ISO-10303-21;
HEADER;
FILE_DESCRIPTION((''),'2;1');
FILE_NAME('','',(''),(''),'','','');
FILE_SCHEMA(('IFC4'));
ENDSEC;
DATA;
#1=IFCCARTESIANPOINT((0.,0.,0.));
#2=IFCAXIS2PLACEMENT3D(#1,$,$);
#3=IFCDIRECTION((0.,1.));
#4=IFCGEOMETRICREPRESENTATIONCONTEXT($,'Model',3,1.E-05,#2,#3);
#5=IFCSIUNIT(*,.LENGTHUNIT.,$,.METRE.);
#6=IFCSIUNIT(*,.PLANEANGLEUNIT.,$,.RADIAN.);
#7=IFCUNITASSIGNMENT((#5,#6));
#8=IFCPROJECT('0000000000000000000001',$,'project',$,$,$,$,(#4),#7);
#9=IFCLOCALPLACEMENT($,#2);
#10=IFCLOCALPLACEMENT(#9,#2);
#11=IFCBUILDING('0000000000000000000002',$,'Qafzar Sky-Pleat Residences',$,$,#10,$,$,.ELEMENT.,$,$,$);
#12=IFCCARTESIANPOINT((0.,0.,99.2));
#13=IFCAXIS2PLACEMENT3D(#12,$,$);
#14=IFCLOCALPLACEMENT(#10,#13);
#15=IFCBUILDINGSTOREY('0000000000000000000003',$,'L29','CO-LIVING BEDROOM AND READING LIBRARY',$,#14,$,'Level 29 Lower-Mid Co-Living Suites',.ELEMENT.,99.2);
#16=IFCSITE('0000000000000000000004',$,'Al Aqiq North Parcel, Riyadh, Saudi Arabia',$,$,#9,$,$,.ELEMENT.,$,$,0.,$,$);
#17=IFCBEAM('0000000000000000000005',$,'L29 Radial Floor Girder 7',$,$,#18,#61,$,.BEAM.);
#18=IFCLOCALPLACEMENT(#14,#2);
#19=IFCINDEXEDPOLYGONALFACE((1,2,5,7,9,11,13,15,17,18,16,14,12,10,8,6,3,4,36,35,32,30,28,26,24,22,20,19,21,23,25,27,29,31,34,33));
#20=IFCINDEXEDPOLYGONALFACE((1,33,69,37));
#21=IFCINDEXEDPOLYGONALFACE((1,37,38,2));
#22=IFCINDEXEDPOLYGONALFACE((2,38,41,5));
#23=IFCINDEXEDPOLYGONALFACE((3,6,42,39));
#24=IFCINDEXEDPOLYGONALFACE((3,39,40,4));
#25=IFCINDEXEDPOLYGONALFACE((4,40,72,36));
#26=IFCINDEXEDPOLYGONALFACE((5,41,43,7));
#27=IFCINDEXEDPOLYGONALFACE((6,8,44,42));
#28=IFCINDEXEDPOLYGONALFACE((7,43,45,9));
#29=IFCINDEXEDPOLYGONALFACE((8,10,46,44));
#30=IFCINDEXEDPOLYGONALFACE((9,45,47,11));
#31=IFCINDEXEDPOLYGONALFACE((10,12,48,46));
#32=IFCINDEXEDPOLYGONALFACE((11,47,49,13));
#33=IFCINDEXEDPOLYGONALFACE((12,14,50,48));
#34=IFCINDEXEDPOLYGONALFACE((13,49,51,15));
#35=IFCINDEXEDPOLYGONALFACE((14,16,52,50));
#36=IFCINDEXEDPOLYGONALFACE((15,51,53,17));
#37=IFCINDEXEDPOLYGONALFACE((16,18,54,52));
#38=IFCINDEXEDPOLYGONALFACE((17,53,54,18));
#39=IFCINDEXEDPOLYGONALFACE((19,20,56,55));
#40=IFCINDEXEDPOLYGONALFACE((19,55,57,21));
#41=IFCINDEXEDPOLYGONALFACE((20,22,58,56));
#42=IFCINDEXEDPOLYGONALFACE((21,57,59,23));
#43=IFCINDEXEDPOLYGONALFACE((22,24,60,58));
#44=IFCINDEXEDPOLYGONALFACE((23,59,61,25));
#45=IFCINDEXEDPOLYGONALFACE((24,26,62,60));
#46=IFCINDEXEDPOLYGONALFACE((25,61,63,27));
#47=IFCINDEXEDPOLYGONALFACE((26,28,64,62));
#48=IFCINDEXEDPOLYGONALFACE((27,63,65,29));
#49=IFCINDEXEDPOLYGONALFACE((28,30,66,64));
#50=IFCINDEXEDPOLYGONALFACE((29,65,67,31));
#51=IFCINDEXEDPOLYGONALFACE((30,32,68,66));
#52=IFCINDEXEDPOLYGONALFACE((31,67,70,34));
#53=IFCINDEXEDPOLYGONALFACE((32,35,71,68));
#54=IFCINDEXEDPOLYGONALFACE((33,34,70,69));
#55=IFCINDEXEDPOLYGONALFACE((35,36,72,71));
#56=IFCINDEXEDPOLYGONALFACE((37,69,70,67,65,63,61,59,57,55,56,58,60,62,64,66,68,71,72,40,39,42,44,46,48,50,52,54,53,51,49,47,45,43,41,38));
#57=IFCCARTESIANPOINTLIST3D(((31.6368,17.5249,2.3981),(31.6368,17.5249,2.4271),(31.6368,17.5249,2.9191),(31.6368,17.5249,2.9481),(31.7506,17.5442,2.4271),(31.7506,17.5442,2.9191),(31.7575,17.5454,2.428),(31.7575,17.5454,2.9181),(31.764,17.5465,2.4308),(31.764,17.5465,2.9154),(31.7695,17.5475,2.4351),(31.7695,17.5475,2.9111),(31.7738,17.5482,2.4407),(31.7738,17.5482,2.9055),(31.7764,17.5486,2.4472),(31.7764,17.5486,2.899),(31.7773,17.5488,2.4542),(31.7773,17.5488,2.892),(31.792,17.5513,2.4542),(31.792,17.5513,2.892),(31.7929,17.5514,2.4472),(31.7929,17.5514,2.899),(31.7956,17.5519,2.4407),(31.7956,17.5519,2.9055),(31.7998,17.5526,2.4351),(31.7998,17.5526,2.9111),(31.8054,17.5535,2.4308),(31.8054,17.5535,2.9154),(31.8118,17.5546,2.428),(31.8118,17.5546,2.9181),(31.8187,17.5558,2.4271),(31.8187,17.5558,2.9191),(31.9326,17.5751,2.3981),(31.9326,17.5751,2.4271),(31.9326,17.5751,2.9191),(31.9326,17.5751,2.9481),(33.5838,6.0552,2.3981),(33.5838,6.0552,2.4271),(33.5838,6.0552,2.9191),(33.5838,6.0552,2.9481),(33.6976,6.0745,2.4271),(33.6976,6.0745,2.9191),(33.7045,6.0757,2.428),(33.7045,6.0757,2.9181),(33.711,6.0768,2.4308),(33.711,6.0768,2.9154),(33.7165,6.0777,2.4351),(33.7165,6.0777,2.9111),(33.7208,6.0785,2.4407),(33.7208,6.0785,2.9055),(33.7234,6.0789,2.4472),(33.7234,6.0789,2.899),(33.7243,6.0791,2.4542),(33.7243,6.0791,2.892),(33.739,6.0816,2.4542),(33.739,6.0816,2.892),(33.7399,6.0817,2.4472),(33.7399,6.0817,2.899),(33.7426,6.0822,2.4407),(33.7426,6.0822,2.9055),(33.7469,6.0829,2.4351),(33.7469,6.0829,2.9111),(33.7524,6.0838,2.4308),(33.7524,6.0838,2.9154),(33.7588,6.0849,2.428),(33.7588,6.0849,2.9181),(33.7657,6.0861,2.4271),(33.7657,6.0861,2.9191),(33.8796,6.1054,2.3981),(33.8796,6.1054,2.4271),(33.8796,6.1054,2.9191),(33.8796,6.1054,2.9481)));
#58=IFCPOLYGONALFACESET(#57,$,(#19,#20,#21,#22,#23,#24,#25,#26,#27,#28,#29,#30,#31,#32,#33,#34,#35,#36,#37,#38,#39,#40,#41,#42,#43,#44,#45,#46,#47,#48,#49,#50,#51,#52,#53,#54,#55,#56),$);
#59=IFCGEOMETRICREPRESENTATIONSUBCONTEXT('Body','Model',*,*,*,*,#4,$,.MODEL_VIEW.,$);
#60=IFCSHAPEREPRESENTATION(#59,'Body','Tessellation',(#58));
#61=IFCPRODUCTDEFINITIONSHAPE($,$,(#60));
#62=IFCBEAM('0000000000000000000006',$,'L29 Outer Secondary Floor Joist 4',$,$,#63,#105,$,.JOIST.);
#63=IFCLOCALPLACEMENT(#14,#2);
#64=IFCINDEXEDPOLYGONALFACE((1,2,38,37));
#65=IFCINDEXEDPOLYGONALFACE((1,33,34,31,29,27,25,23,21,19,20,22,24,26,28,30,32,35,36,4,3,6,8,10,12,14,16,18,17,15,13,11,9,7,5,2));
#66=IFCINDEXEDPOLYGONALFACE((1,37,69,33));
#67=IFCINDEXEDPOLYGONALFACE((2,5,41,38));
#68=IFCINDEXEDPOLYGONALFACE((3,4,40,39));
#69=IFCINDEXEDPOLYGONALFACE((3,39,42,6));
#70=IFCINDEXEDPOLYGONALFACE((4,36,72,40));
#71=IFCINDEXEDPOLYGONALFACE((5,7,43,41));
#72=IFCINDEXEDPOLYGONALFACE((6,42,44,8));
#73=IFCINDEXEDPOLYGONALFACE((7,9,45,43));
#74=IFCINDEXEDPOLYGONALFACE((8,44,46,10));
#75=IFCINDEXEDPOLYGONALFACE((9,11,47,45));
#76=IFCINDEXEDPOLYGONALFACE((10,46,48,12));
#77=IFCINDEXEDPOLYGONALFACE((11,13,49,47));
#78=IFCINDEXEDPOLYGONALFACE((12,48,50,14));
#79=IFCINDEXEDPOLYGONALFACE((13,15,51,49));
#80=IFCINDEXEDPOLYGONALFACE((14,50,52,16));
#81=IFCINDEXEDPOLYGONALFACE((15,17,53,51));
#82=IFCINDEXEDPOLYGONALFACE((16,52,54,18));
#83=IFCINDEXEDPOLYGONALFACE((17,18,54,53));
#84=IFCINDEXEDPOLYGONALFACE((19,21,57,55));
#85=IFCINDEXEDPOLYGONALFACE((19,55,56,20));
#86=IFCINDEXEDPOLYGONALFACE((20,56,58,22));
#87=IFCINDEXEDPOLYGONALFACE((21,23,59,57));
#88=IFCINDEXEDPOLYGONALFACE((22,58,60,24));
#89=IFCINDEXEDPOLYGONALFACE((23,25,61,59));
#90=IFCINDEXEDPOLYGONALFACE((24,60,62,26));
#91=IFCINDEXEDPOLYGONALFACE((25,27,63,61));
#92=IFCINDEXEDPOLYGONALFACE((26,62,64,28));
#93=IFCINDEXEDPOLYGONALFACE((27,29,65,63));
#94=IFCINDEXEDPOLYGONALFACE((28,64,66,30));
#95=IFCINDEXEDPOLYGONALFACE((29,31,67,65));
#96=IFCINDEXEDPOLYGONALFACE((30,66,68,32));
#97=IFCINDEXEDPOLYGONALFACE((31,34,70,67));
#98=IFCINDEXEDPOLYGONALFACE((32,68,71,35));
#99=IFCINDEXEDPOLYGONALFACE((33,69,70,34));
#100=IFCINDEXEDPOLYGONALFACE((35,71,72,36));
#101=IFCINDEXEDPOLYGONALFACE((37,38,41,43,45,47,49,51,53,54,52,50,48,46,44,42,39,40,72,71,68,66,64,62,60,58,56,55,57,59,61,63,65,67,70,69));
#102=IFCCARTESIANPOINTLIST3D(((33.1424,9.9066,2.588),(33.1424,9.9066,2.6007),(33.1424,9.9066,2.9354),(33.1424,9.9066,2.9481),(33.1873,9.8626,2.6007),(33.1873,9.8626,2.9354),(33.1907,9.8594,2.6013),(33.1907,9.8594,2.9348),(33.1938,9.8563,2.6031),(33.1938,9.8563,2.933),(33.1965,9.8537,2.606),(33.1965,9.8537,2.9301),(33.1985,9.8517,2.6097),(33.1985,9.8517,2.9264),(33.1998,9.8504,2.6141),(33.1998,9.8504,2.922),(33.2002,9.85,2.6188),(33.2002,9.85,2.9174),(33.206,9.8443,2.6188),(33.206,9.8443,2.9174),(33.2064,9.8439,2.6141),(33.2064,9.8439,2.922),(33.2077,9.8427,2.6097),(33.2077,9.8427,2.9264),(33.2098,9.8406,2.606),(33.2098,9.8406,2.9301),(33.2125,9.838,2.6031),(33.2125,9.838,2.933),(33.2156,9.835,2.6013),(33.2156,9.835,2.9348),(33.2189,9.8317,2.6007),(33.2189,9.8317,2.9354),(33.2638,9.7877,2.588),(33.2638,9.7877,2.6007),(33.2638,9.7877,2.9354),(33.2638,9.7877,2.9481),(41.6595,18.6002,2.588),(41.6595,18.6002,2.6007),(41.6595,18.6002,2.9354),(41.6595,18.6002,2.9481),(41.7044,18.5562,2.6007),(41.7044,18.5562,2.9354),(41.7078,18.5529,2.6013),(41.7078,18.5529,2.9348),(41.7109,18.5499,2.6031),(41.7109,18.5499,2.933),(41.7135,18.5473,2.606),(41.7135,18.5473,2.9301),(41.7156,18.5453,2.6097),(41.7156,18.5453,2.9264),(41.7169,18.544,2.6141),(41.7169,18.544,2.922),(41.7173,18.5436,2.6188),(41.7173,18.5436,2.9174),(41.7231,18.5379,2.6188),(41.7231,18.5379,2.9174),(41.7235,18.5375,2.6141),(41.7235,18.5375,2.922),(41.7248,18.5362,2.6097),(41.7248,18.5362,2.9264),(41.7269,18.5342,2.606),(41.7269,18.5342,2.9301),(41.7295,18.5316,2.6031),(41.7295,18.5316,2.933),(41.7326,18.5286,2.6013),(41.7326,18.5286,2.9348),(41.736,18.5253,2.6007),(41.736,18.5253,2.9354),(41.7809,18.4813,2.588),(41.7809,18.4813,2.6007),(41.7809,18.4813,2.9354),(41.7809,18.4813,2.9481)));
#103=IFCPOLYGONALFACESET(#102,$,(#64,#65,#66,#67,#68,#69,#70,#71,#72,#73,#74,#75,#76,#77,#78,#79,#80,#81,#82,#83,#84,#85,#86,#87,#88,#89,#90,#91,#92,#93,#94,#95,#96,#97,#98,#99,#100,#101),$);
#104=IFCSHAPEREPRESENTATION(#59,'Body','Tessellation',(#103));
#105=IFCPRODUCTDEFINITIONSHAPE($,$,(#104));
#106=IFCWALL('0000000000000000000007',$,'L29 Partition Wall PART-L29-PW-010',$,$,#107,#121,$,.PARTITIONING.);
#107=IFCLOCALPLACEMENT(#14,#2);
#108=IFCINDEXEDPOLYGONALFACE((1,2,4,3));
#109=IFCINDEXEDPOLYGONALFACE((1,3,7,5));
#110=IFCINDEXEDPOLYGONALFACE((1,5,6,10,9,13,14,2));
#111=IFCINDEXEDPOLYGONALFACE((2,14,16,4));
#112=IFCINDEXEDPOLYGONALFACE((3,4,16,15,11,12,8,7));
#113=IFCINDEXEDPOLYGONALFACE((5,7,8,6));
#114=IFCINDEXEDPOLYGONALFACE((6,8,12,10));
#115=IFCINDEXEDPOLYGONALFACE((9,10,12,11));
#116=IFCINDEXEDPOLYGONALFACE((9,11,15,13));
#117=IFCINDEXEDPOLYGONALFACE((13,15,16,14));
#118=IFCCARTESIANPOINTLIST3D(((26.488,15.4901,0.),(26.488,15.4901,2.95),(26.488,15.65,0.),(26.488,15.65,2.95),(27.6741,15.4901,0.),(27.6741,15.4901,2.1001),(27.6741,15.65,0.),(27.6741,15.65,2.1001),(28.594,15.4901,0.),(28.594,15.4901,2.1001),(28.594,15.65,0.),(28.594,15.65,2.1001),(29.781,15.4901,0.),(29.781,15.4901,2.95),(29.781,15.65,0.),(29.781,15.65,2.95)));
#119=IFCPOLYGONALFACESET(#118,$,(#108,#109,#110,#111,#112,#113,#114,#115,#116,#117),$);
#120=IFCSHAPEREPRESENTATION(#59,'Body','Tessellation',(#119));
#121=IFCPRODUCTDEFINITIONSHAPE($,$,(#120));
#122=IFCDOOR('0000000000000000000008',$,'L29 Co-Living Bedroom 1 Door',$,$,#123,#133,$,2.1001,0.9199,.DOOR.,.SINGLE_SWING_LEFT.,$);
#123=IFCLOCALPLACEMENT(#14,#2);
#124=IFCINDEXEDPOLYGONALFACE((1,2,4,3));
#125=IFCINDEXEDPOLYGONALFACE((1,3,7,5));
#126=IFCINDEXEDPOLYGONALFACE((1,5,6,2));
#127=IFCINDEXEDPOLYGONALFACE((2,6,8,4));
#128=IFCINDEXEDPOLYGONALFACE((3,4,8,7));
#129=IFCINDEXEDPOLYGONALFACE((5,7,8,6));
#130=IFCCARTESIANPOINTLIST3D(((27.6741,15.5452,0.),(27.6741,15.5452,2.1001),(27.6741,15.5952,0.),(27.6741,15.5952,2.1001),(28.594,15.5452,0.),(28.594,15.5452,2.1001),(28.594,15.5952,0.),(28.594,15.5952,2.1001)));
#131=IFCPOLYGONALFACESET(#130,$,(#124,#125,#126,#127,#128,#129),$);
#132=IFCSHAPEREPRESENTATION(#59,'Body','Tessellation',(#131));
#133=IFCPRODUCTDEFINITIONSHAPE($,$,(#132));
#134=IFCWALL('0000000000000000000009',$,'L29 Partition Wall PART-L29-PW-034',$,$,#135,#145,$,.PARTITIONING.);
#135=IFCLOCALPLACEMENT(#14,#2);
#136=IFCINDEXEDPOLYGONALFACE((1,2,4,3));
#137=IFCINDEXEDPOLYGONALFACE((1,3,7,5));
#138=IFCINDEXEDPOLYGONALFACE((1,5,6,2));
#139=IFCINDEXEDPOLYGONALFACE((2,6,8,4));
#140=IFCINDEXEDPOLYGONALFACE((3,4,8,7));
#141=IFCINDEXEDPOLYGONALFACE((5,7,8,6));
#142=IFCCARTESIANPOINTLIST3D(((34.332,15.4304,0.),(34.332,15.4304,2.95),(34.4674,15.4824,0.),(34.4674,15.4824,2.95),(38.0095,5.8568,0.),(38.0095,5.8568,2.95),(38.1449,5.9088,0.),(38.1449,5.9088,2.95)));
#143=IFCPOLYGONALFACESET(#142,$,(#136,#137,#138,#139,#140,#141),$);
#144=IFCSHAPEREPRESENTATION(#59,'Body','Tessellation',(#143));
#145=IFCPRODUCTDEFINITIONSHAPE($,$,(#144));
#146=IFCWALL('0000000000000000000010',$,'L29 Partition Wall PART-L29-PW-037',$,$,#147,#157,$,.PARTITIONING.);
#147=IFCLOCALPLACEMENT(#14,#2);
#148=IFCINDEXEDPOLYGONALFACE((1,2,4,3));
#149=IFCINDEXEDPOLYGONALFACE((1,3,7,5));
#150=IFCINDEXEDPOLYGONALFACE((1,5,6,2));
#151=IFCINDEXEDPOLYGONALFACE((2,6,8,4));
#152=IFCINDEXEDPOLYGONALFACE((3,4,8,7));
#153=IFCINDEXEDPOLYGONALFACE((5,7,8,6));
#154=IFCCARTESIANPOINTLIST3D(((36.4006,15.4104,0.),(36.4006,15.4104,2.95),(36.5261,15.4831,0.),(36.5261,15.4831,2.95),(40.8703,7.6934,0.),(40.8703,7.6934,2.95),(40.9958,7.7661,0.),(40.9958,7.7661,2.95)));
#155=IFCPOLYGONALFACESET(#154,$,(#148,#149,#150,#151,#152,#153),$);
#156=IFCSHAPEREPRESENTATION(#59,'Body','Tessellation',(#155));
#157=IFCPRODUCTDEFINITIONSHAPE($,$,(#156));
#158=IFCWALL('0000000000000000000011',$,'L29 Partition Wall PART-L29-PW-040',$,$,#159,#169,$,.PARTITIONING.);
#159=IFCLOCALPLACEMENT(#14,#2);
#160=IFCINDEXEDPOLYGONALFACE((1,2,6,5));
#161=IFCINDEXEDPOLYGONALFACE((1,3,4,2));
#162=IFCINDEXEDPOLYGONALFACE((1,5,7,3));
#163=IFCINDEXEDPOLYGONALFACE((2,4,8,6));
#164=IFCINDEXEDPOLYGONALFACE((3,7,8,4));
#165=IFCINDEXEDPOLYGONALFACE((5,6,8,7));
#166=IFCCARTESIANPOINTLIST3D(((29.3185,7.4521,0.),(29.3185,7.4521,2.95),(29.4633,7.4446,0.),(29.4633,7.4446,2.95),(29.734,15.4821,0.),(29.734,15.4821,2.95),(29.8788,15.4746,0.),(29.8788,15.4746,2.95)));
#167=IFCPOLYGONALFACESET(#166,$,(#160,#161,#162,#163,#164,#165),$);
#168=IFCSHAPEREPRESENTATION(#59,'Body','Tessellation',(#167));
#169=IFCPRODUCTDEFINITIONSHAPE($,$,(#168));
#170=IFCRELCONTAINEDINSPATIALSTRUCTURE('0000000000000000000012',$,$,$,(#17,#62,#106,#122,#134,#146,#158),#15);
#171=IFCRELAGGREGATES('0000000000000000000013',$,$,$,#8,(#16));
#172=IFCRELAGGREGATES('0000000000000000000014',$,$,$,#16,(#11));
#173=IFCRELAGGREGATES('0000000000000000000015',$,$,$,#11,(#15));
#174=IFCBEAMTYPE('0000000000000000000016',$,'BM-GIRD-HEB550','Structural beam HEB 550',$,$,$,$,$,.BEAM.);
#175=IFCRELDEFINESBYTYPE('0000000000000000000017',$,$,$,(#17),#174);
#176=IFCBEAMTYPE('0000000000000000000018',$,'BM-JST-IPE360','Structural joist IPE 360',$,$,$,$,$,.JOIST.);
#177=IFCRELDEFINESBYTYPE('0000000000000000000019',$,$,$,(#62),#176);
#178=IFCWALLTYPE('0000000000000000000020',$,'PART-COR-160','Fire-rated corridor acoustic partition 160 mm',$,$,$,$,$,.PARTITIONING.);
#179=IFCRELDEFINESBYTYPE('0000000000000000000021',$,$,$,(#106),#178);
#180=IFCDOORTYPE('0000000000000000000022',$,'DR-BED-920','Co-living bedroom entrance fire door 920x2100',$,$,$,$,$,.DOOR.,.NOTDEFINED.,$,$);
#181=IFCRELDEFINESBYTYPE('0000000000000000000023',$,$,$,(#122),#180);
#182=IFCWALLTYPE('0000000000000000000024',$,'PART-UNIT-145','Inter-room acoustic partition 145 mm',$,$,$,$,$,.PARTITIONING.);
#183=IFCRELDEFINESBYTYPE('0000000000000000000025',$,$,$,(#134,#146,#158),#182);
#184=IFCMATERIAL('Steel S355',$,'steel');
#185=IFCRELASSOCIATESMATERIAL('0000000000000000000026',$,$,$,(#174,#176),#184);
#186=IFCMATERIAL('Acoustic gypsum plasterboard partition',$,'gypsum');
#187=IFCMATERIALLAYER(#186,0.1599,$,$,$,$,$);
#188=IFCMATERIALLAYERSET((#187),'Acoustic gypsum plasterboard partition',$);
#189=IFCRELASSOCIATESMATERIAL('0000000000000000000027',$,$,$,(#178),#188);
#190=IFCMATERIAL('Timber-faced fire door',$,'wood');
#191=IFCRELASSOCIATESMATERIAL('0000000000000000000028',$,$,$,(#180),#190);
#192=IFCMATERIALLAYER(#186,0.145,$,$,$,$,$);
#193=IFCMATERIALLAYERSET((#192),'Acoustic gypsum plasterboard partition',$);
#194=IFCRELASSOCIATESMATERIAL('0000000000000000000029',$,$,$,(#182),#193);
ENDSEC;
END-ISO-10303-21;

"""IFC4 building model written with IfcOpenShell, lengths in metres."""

from ifc_helpers import new_model, si_unit, direction, frame, frame_2d, origin, origin_2d, place, context, subcontext, project, spatial, rectangle, i_section, extrude, source, transform, mapped, material, layer, layer_set, material_profile, profile_set, type_object, element, fill, save


model = new_model("IFC4")

# Units and contexts
model_context = context("Model", 3, precision=1e-05, world=origin(), true_north=direction((0.0, 1.0)))
body_context = subcontext(model_context, "Body", "Model", "MODEL_VIEW")
ifc_project = project(units=[si_unit("LENGTHUNIT", "METRE"), si_unit("PLANEANGLEUNIT", "RADIAN")], contexts=[model_context])

# Site, building, storey
site_placement = place(None, origin())
site = spatial("IfcSite", under=ifc_project, at=site_placement, Name="Al Aqiq North Parcel, Riyadh, Saudi Arabia", CompositionType="ELEMENT", RefElevation=0.0)
building_placement = place(site_placement, origin())
building = spatial("IfcBuilding", under=site, at=building_placement, Name="Qafzar Sky-Pleat Residences", CompositionType="ELEMENT")
storey_placement = place(building_placement, frame((0.0, 0.0, 99.2)))
storey = spatial("IfcBuildingStorey", under=building, at=storey_placement, Name="L29", Description="CO-LIVING BEDROOM AND READING LIBRARY", LongName="Level 29 Lower-Mid Co-Living Suites", CompositionType="ELEMENT", Elevation=99.2)

# Beams
ifc_material_1 = material(Name="Steel S355", Category="steel")
ifc_material_profile_1 = material_profile(ifc_material_1, i_section(OverallWidth=0.3, OverallDepth=0.55, WebThickness=0.0149, FlangeThickness=0.0291, FilletRadius=0.0271, at=origin_2d()), Name="HEB 550")
ifc_profile_set_1 = profile_set([ifc_material_profile_1], Name="Steel S355")
beam_type_1 = type_object("IfcBeamType", Name="BM-GIRD-HEB550", Description="Structural beam HEB 550", PredefinedType="BEAM", material=ifc_profile_set_1)
shared_shape_1 = source(origin(), body_context, "Body", "SweptSolid", [
    extrude(i_section(OverallWidth=0.3, OverallDepth=0.55, WebThickness=0.0149, FlangeThickness=0.0291, FilletRadius=0.0271, at=origin_2d()), origin(), (0.0, 0.0, 1.0), 11.6338),
])
beam_1_placement = place(storey_placement, frame((33.7317, 6.0803, 2.6731), z_axis=(-0.167359, 0.985896, 0.0), x_axis=(-0.985896, -0.167359, 0.0)))
element("IfcBeam", 1, at=beam_1_placement, inside=storey, type_object=beam_type_1, Name="L29 Radial Floor Girder 7", PredefinedType="BEAM", context=body_context, shape_type="MappedRepresentation", body=[
    mapped(shared_shape_1, transform((0.0, 0.0, 0.0), x_axis=(1.0, 0.0, 0.0), y_axis=(0.0, 1.0, 0.0), z_axis=(0.0, 0.0, 1.0), scale=1.0)),
])
ifc_material_profile_2 = material_profile(ifc_material_1, i_section(OverallWidth=0.1699, OverallDepth=0.3601, WebThickness=0.0081, FlangeThickness=0.0127, FilletRadius=0.0181, at=origin_2d()), Name="IPE 360")
ifc_profile_set_2 = profile_set([ifc_material_profile_2], Name="Steel S355")
beam_type_2 = type_object("IfcBeamType", Name="BM-JST-IPE360", Description="Structural joist IPE 360", PredefinedType="JOIST", material=ifc_profile_set_2)
shared_shape_2 = source(origin(), body_context, "Body", "SweptSolid", [
    extrude(i_section(OverallWidth=0.1699, OverallDepth=0.3601, WebThickness=0.0081, FlangeThickness=0.0127, FilletRadius=0.0181, at=origin_2d()), origin(), (0.0, 0.0, 1.0), 12.1704),
])
beam_2_placement = place(storey_placement, frame((33.2031, 9.8472, 2.7681), z_axis=(0.699818, 0.714321, 0.0), x_axis=(-0.714321, 0.699818, 0.0)))
element("IfcBeam", 2, at=beam_2_placement, inside=storey, type_object=beam_type_2, Name="L29 Outer Secondary Floor Joist 4", PredefinedType="JOIST", context=body_context, shape_type="MappedRepresentation", body=[
    mapped(shared_shape_2, transform((0.0, 0.0, 0.0), x_axis=(1.0, 0.0, 0.0), y_axis=(0.0, 1.0, 0.0), z_axis=(0.0, 0.0, 1.0), scale=1.0)),
])

# Wall, opening, door
ifc_material_2 = material(Name="Acoustic gypsum plasterboard partition", Category="gypsum")
ifc_layer_1 = layer(ifc_material_2, 0.1599)
ifc_layer_set_1 = layer_set([ifc_layer_1], Name="Acoustic gypsum plasterboard partition")
wall_type_1 = type_object("IfcWallType", Name="PART-COR-160", Description="Fire-rated corridor acoustic partition 160 mm", PredefinedType="PARTITIONING", material=ifc_layer_set_1)
wall_1_placement = place(storey_placement, frame((29.781, 15.5701, 0.0), z_axis=(0.0, 0.0, 1.0), x_axis=(-1.0, 0.0, 0.0)))
wall_1 = element("IfcWall", 3, at=wall_1_placement, inside=storey, type_object=wall_type_1, Name="L29 Partition Wall PART-L29-PW-010", PredefinedType="PARTITIONING", context=body_context, shape_type="SweptSolid", body=[
    extrude(rectangle(XDim=3.293, YDim=0.1599, at=frame_2d((1.6465, 0.0))), origin(), (0.0, 0.0, 1.0), 2.95),
])
opening_1_placement = place(wall_1_placement, frame((1.187, 0.0, 0.0)))
opening_1 = element("IfcOpeningElement", 4, at=opening_1_placement, cuts=wall_1, PredefinedType="OPENING", context=body_context, shape_type="SweptSolid", body=[
    extrude(rectangle(XDim=0.9199, YDim=2.1001, at=frame_2d((0.46, 1.05))), frame((0.0, 0.0898, 0.0), z_axis=(0.0, -1.0, 0.0), x_axis=(1.0, 0.0, 0.0)), (0.0, 0.0, 1.0), 0.1799),
])
ifc_material_3 = material(Name="Timber-faced fire door", Category="wood")
door_type_1 = type_object("IfcDoorType", Name="DR-BED-920", Description="Co-living bedroom entrance fire door 920x2100", OperationType="NOTDEFINED", PredefinedType="DOOR", material=ifc_material_3)
shared_shape_3 = source(origin(), body_context, "Body", "SweptSolid", [
    extrude(rectangle(XDim=0.9199, YDim=2.1001, at=frame_2d((0.46, 1.05))), frame((0.0, 0.0249, 0.0), z_axis=(0.0, -1.0, 0.0), x_axis=(1.0, 0.0, 0.0)), (0.0, 0.0, 1.0), 0.05),
])
door_1_placement = place(opening_1_placement, origin())
door_1 = element("IfcDoor", 5, at=door_1_placement, inside=storey, type_object=door_type_1, Name="L29 Co-Living Bedroom 1 Door", OperationType="SINGLE_SWING_LEFT", OverallHeight=2.1001, OverallWidth=0.9199, PredefinedType="DOOR", context=body_context, shape_type="MappedRepresentation", body=[
    mapped(shared_shape_3, transform((0.0, 0.0, 0.0), x_axis=(1.0, 0.0, 0.0), y_axis=(0.0, 1.0, 0.0), z_axis=(0.0, 0.0, 1.0), scale=1.0)),
])
fill(opening_1, door_1)

# Walls
ifc_layer_2 = layer(ifc_material_2, 0.145)
ifc_layer_set_2 = layer_set([ifc_layer_2], Name="Acoustic gypsum plasterboard partition")
wall_type_2 = type_object("IfcWallType", Name="PART-UNIT-145", Description="Inter-room acoustic partition 145 mm", PredefinedType="PARTITIONING", material=ifc_layer_set_2)
wall_2_placement = place(storey_placement, frame((34.3997, 15.4565, 0.0), z_axis=(0.0, 0.0, 1.0), x_axis=(0.358587, -0.933496, 0.0)))
element("IfcWall", 6, at=wall_2_placement, inside=storey, type_object=wall_type_2, Name="L29 Partition Wall PART-L29-PW-034", PredefinedType="PARTITIONING", context=body_context, shape_type="SweptSolid", body=[
    extrude(rectangle(XDim=10.2556, YDim=0.145, at=frame_2d((5.1279, 0.0))), origin(), (0.0, 0.0, 1.0), 2.95),
])
wall_3_placement = place(storey_placement, frame((36.4634, 15.4468, 0.0), z_axis=(0.0, 0.0, 1.0), x_axis=(0.501201, -0.865331, 0.0)))
element("IfcWall", 7, at=wall_3_placement, inside=storey, type_object=wall_type_2, Name="L29 Partition Wall PART-L29-PW-037", PredefinedType="PARTITIONING", context=body_context, shape_type="SweptSolid", body=[
    extrude(rectangle(XDim=8.918, YDim=0.145, at=frame_2d((4.459, 0.0))), origin(), (0.0, 0.0, 1.0), 2.95),
])
wall_4_placement = place(storey_placement, frame((29.3909, 7.4482, 0.0), z_axis=(0.0, 0.0, 1.0), x_axis=(0.051678, 0.998664, 0.0)))
element("IfcWall", 8, at=wall_4_placement, inside=storey, type_object=wall_type_2, Name="L29 Partition Wall PART-L29-PW-040", PredefinedType="PARTITIONING", context=body_context, shape_type="SweptSolid", body=[
    extrude(rectangle(XDim=8.0408, YDim=0.145, at=frame_2d((4.0205, 0.0))), origin(), (0.0, 0.0, 1.0), 2.95),
])

save(model, "model.ifc")
